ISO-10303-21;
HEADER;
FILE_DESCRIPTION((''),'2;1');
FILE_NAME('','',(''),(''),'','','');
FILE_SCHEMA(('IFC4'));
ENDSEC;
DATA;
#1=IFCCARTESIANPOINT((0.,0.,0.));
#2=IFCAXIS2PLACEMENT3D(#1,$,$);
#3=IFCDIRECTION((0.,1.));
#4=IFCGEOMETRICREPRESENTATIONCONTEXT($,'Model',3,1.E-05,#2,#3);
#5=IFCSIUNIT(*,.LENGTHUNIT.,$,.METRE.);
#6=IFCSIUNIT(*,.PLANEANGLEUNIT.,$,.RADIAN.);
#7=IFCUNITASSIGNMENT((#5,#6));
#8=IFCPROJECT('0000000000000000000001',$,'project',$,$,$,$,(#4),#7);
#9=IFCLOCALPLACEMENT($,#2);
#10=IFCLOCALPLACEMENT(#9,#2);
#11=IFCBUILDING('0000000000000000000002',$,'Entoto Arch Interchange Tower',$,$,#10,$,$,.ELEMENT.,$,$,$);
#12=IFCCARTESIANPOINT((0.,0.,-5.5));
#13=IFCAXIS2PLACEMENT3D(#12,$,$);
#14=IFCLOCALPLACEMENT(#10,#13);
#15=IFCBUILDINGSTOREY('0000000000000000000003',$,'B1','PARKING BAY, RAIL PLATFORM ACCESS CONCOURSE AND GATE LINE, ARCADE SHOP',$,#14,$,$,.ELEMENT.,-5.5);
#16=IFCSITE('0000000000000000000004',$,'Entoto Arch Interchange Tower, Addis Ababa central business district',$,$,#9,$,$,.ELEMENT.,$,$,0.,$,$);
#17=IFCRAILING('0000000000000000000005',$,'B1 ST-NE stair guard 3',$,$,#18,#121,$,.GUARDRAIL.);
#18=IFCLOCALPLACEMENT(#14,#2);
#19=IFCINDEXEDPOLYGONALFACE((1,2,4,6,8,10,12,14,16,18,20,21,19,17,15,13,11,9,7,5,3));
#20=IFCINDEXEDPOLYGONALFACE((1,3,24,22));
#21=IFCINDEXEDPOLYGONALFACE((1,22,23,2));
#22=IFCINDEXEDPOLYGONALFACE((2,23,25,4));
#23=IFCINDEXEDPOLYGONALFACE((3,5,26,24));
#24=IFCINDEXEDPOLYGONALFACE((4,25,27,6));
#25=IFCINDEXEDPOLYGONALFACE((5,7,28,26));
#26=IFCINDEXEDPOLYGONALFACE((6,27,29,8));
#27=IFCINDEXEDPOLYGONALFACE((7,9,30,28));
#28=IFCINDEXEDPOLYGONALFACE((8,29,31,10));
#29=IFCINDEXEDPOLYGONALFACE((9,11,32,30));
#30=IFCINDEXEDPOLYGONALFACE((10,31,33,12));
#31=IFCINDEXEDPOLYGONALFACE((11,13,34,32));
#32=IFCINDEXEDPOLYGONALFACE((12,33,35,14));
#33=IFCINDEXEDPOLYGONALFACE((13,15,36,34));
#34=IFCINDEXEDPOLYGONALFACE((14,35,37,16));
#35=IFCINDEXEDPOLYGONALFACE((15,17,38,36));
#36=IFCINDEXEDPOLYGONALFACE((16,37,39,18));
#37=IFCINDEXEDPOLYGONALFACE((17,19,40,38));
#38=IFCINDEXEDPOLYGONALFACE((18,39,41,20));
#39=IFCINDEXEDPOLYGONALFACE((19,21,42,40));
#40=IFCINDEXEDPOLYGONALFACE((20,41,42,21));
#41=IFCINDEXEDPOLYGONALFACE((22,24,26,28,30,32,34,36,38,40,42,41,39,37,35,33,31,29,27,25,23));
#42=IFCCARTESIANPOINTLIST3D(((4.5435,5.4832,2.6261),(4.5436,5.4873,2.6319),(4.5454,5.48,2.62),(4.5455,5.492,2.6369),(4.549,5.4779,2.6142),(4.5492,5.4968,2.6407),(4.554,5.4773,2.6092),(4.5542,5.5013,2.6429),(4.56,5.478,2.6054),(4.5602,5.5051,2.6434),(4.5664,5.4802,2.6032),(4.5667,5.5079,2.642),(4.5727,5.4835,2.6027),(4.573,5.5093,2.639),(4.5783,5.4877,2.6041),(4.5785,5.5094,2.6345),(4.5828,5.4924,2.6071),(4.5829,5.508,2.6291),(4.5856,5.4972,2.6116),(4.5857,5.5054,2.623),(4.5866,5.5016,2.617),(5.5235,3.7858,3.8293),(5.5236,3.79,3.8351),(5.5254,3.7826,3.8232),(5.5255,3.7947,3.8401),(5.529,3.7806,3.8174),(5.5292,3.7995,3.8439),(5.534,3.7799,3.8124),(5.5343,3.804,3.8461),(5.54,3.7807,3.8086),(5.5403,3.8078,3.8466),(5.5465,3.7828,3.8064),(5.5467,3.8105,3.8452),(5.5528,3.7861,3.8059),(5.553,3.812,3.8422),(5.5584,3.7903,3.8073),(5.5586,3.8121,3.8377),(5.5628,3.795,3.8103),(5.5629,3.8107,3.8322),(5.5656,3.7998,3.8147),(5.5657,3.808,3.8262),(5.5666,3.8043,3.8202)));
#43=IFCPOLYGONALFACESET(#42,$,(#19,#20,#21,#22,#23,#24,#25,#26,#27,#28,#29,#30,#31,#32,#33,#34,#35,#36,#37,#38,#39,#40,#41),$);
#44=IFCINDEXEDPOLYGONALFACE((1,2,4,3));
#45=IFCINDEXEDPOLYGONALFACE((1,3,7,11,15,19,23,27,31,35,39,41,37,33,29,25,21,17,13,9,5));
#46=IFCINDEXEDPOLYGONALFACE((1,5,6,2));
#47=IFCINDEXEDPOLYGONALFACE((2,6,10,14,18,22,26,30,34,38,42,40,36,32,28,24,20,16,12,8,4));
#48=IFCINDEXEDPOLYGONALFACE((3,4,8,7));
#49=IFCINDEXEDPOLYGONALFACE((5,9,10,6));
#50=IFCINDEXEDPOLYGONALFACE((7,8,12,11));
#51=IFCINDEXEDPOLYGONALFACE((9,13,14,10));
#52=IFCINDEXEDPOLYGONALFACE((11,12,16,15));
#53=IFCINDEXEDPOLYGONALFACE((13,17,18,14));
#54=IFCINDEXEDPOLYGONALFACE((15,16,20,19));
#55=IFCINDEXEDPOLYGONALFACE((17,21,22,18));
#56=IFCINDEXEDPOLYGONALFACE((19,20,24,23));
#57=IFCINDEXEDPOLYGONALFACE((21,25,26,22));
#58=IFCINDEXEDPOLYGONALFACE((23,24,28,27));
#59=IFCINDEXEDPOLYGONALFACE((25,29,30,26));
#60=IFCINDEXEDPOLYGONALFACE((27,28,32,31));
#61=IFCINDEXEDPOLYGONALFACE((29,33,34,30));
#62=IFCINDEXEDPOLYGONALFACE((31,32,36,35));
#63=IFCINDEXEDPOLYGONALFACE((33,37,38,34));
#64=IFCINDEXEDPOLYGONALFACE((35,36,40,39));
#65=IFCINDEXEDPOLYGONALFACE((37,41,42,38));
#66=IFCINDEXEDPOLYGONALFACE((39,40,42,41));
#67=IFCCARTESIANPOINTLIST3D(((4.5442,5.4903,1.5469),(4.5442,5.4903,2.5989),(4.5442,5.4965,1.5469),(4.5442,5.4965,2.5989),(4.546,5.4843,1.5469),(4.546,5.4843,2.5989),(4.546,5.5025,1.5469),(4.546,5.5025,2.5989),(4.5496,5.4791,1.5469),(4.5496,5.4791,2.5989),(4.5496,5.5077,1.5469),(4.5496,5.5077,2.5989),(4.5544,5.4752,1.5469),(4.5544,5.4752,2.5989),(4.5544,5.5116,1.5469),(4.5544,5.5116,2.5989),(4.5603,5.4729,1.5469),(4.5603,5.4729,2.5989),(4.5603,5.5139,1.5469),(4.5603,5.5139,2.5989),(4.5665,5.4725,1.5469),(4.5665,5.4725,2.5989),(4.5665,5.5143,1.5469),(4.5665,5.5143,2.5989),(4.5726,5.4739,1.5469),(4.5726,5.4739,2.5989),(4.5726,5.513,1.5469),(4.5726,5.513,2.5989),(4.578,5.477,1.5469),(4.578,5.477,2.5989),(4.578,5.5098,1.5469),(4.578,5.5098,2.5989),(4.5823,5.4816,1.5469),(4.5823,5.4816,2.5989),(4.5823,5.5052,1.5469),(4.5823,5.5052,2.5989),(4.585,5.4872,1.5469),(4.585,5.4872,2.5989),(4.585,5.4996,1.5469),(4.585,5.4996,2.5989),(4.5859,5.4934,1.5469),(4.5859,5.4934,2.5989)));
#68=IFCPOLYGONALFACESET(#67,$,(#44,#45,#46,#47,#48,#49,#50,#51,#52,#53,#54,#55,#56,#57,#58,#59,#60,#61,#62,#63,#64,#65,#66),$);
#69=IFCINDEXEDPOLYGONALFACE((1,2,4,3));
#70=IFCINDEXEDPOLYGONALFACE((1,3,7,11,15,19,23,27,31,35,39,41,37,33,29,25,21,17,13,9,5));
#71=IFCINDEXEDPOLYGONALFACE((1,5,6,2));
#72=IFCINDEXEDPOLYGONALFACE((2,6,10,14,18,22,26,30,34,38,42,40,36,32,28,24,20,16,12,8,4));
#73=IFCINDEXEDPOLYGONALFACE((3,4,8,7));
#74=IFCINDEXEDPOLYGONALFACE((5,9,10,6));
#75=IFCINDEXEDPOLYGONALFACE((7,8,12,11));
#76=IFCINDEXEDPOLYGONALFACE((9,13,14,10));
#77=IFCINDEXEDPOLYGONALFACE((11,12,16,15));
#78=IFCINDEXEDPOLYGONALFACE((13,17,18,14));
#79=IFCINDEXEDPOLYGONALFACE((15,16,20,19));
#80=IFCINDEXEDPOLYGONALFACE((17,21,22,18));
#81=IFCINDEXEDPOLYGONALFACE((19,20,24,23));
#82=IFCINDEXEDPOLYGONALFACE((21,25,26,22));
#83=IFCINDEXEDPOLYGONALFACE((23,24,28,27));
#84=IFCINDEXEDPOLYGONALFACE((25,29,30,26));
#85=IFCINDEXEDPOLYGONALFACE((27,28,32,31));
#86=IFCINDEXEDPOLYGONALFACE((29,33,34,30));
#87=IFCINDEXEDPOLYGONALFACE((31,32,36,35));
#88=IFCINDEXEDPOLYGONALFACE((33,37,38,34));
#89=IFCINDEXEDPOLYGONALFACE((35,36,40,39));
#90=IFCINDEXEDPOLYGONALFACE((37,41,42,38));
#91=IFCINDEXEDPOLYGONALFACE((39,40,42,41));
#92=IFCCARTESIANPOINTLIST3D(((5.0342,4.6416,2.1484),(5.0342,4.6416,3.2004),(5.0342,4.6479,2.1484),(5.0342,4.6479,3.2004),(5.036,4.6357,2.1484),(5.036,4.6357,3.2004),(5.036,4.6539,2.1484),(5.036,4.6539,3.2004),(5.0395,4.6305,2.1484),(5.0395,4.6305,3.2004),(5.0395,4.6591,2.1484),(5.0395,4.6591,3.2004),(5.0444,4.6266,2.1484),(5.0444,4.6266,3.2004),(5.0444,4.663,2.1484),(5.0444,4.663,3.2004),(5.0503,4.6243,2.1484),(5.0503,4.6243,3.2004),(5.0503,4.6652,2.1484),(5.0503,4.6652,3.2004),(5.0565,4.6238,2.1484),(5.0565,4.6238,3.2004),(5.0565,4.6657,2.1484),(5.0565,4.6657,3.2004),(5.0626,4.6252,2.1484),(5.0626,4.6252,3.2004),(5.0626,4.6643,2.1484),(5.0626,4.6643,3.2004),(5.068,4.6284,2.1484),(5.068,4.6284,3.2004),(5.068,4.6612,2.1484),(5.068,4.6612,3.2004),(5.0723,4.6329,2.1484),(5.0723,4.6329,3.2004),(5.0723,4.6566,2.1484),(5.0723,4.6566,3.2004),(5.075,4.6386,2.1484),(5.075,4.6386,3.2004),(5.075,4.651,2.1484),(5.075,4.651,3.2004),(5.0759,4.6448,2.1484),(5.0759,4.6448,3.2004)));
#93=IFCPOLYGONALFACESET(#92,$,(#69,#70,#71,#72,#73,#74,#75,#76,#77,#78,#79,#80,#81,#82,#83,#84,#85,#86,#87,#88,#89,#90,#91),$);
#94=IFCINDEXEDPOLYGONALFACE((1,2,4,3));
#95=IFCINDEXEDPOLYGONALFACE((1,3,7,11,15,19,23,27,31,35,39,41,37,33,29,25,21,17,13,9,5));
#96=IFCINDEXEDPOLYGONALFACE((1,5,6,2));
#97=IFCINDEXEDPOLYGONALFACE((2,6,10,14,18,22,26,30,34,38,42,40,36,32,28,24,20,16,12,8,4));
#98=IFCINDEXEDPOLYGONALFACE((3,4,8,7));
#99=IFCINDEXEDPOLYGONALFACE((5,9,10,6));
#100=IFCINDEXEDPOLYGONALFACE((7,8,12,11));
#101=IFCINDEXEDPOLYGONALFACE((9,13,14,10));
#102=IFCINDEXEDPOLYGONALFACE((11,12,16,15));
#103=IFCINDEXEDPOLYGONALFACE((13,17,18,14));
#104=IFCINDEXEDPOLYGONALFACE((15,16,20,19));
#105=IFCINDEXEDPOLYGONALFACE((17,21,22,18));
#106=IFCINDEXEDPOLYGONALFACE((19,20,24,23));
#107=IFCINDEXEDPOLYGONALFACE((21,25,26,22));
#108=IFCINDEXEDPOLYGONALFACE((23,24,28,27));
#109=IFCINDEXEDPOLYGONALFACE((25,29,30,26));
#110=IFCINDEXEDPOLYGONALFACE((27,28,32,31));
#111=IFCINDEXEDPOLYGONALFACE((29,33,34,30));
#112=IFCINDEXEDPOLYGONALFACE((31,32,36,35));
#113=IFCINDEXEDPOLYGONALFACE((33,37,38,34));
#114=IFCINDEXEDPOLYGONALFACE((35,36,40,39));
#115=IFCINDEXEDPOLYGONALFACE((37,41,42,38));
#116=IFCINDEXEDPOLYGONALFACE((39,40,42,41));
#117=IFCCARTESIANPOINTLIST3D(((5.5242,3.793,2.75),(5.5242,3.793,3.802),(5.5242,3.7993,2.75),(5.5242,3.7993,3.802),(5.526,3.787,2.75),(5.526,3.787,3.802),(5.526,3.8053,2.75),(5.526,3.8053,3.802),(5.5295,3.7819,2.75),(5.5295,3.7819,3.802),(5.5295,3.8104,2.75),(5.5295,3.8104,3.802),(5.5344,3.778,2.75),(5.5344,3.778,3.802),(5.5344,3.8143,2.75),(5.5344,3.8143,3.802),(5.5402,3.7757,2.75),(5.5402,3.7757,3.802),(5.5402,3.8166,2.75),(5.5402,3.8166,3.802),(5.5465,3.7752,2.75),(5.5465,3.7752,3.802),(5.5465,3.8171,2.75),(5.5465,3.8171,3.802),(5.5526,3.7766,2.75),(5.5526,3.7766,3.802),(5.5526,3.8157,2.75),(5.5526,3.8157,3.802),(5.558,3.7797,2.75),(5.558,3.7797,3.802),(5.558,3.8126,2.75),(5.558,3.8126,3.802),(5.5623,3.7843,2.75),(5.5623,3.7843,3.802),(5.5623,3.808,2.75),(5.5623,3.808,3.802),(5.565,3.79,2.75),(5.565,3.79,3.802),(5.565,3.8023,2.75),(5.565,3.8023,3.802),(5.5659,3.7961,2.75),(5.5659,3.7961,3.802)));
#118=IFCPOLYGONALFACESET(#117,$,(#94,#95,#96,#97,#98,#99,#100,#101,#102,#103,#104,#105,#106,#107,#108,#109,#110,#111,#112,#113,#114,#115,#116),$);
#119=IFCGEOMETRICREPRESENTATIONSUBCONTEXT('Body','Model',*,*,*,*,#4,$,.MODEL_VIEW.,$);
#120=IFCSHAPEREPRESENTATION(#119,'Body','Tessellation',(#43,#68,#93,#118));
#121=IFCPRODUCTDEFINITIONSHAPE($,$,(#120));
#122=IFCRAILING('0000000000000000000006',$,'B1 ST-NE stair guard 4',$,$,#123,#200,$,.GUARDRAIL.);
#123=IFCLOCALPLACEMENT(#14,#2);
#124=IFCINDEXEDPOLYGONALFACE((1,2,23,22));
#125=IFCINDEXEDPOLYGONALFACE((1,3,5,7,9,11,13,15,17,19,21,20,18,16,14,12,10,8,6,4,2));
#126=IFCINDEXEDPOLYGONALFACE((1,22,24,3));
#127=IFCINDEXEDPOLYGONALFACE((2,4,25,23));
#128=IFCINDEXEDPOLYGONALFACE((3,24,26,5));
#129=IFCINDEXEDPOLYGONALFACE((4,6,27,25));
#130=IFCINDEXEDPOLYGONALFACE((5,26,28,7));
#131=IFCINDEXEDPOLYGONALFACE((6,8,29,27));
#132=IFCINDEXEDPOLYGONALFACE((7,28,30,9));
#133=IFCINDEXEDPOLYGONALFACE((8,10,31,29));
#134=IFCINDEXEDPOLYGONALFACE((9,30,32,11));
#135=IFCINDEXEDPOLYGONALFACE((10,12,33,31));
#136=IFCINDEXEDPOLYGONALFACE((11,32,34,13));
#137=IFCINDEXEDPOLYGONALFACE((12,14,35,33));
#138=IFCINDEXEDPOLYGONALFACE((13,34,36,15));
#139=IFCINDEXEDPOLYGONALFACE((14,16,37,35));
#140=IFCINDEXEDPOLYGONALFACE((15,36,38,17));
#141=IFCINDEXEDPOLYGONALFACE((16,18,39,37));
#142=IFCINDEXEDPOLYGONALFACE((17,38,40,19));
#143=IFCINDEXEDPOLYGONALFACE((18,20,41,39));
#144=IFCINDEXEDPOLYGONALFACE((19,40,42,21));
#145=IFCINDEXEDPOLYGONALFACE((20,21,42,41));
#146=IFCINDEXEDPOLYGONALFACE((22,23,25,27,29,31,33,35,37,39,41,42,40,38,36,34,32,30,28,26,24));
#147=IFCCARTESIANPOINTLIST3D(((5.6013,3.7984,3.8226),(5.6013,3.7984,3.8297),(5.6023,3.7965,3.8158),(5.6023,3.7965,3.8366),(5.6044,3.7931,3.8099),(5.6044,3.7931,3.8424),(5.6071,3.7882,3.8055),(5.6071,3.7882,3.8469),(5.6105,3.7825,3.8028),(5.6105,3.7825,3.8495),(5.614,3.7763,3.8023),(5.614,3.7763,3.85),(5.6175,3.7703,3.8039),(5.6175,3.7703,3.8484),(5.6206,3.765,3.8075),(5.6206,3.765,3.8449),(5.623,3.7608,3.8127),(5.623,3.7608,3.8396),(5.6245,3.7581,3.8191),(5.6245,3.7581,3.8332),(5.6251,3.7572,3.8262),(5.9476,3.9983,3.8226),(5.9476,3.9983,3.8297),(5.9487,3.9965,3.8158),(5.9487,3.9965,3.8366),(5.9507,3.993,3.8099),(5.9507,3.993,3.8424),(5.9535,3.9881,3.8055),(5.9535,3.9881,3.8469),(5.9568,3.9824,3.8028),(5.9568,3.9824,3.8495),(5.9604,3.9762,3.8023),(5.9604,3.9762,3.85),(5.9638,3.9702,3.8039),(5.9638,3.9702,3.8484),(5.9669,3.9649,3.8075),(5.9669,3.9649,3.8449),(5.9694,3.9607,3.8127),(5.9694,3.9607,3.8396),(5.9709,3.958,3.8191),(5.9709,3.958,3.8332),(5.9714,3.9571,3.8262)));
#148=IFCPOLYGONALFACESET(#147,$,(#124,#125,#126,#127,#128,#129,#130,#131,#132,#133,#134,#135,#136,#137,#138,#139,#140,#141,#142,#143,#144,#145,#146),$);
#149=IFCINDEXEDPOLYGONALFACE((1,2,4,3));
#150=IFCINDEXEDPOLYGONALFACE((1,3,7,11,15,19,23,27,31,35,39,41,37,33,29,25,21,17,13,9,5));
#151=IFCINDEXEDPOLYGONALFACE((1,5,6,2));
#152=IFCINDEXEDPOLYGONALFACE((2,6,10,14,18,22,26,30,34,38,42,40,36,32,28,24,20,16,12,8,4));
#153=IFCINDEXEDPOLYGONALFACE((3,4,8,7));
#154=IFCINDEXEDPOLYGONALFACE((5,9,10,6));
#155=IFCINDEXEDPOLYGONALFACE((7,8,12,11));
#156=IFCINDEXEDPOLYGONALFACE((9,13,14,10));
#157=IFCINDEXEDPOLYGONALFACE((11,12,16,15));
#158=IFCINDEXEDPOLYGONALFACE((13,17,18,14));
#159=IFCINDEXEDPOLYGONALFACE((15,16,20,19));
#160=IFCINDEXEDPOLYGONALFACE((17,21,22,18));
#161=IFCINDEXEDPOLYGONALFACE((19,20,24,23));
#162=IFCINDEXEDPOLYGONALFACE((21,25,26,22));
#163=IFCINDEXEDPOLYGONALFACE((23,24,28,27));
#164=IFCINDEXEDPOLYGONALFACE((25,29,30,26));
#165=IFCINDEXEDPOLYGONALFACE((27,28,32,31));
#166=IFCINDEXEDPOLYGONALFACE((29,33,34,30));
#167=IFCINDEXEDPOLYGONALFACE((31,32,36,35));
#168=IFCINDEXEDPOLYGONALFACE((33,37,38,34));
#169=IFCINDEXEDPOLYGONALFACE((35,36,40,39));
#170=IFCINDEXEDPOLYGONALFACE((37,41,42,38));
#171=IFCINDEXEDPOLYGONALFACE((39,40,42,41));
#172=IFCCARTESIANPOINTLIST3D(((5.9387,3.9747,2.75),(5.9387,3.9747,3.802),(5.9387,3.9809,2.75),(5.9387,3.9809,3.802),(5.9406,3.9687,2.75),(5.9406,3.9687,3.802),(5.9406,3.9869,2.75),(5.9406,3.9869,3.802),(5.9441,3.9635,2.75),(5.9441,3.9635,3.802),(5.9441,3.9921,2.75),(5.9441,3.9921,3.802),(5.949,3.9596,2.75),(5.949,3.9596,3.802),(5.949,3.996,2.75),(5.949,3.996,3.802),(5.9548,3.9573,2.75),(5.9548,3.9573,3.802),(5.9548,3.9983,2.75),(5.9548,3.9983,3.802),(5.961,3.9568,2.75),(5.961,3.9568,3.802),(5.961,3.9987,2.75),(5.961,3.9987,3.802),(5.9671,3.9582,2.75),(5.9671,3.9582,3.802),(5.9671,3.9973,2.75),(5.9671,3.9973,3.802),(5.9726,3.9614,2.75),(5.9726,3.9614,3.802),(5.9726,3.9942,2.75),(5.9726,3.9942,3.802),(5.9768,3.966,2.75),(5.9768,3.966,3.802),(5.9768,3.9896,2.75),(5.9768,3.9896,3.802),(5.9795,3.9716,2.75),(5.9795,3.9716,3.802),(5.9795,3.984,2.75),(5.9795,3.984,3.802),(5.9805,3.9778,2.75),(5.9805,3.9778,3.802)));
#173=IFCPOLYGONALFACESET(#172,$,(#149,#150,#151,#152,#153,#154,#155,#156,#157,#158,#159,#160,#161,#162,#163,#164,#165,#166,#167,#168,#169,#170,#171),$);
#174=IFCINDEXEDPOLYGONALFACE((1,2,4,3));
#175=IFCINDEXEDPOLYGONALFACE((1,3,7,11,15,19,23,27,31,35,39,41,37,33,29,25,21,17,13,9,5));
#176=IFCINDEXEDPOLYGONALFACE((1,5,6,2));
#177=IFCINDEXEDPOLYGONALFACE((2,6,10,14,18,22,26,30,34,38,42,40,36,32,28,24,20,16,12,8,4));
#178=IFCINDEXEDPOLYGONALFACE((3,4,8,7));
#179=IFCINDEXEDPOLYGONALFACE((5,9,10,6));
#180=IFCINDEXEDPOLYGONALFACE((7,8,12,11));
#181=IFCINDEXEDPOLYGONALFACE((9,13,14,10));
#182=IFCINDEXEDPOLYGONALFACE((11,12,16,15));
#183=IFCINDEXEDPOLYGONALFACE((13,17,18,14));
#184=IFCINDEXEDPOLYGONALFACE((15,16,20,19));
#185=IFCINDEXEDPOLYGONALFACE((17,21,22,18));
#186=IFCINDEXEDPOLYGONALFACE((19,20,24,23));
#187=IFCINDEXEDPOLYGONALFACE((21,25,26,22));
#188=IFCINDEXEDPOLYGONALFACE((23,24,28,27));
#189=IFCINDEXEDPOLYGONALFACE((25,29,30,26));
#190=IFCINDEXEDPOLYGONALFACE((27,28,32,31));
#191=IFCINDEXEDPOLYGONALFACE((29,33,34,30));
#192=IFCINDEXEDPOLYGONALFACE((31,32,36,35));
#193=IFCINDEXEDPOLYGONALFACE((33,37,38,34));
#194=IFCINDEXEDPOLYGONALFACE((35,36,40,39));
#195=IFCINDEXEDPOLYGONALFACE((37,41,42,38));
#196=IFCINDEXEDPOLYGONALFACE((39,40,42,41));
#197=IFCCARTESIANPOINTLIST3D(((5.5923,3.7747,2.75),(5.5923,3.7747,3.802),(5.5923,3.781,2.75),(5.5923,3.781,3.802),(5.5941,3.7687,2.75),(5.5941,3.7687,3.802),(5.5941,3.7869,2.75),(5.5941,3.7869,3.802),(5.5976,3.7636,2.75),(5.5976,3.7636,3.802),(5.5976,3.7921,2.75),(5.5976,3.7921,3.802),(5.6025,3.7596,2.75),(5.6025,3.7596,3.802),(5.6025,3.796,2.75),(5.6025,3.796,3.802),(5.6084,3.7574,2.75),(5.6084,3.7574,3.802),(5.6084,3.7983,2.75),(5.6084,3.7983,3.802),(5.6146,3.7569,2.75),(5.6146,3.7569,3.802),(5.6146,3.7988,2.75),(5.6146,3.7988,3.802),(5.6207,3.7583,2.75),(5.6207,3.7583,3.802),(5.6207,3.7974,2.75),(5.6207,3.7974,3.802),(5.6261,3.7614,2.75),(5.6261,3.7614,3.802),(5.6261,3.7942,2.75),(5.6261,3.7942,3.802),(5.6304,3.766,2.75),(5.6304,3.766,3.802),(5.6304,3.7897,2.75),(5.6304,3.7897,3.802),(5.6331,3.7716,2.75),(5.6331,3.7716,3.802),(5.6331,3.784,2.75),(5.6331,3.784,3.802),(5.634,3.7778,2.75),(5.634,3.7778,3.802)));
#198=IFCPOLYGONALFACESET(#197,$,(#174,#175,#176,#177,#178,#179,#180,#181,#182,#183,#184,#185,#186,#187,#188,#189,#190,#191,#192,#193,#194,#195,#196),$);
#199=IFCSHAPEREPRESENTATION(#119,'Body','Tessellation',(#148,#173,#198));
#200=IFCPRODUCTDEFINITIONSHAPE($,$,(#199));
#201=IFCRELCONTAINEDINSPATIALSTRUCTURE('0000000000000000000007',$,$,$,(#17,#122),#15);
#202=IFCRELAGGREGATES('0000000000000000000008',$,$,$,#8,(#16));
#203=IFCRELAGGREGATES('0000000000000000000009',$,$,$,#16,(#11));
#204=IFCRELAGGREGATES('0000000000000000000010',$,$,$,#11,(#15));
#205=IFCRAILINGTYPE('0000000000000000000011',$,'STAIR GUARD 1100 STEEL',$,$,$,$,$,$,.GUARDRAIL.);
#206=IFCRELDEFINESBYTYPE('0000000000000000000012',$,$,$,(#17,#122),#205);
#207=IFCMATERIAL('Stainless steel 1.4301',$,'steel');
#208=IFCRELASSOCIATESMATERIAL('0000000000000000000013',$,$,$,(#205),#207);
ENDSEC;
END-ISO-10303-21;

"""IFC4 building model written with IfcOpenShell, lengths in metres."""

from ifc_helpers import new_model, si_unit, direction, frame, origin, origin_2d, place, context, subcontext, project, spatial, circle, extrude, material, type_object, element, save


model = new_model("IFC4")

# Units and contexts
model_context = context("Model", 3, precision=1e-05, world=origin(), true_north=direction((0.0, 1.0)))
body_context = subcontext(model_context, "Body", "Model", "MODEL_VIEW")
ifc_project = project(units=[si_unit("LENGTHUNIT", "METRE"), si_unit("PLANEANGLEUNIT", "RADIAN")], contexts=[model_context])

# Site, building, storey
site_placement = place(None, origin())
site = spatial("IfcSite", under=ifc_project, at=site_placement, Name="Entoto Arch Interchange Tower, Addis Ababa central business district", CompositionType="ELEMENT", RefElevation=0.0)
building_placement = place(site_placement, origin())
building = spatial("IfcBuilding", under=site, at=building_placement, Name="Entoto Arch Interchange Tower", CompositionType="ELEMENT")
storey_placement = place(building_placement, frame((0.0, 0.0, -5.5)))
storey = spatial("IfcBuildingStorey", under=building, at=storey_placement, Name="B1", Description="PARKING BAY, RAIL PLATFORM ACCESS CONCOURSE AND GATE LINE, ARCADE SHOP", CompositionType="ELEMENT", Elevation=-5.5)

# Railings
ifc_material_1 = material(Name="Stainless steel 1.4301", Category="steel")
railing_type_1 = type_object("IfcRailingType", Name="STAIR GUARD 1100 STEEL", PredefinedType="GUARDRAIL", material=ifc_material_1)
railing_1_placement = place(storey_placement, frame((4.5649, 5.4934, 1.5469)))
element("IfcRailing", 1, at=railing_1_placement, inside=storey, type_object=railing_type_1, Name="B1 ST-NE stair guard 3", PredefinedType="GUARDRAIL", context=body_context, shape_type="SweptSolid", body=[
    extrude(circle(Radius=0.0239, at=origin_2d()), frame((0.0, 0.0, 1.0762), z_axis=(0.426136, -0.73804, 0.523168), x_axis=(0.866011, 0.500024, 0.0)), (0.0, 0.0, 1.0), 2.2998),
    extrude(circle(Radius=0.021, at=origin_2d()), origin(), (0.0, 0.0, 1.0), 1.052),
    extrude(circle(Radius=0.021, at=origin_2d()), frame((0.49, -0.8486, 0.6016)), (0.0, 0.0, 1.0), 1.052),
    extrude(circle(Radius=0.021, at=origin_2d()), frame((0.98, -1.6973, 1.2031)), (0.0, 0.0, 1.0), 1.052),
])
railing_2_placement = place(storey_placement, frame((5.9595, 3.9778, 2.75)))
element("IfcRailing", 2, at=railing_2_placement, inside=storey, type_object=railing_type_1, Name="B1 ST-NE stair guard 4", PredefinedType="GUARDRAIL", context=body_context, shape_type="SweptSolid", body=[
    extrude(circle(Radius=0.0239, at=origin_2d()), frame((0.0, 0.0, 1.0762), z_axis=(-0.866094, -0.499881, 0.0), x_axis=(0.499881, -0.866094, 0.0)), (0.0, 0.0, 1.0), 0.3999),
    extrude(circle(Radius=0.021, at=origin_2d()), origin(), (0.0, 0.0, 1.0), 1.052),
    extrude(circle(Radius=0.021, at=origin_2d()), frame((-0.3464, -0.2, 0.0)), (0.0, 0.0, 1.0), 1.052),
])

save(model, "model.ifc")
